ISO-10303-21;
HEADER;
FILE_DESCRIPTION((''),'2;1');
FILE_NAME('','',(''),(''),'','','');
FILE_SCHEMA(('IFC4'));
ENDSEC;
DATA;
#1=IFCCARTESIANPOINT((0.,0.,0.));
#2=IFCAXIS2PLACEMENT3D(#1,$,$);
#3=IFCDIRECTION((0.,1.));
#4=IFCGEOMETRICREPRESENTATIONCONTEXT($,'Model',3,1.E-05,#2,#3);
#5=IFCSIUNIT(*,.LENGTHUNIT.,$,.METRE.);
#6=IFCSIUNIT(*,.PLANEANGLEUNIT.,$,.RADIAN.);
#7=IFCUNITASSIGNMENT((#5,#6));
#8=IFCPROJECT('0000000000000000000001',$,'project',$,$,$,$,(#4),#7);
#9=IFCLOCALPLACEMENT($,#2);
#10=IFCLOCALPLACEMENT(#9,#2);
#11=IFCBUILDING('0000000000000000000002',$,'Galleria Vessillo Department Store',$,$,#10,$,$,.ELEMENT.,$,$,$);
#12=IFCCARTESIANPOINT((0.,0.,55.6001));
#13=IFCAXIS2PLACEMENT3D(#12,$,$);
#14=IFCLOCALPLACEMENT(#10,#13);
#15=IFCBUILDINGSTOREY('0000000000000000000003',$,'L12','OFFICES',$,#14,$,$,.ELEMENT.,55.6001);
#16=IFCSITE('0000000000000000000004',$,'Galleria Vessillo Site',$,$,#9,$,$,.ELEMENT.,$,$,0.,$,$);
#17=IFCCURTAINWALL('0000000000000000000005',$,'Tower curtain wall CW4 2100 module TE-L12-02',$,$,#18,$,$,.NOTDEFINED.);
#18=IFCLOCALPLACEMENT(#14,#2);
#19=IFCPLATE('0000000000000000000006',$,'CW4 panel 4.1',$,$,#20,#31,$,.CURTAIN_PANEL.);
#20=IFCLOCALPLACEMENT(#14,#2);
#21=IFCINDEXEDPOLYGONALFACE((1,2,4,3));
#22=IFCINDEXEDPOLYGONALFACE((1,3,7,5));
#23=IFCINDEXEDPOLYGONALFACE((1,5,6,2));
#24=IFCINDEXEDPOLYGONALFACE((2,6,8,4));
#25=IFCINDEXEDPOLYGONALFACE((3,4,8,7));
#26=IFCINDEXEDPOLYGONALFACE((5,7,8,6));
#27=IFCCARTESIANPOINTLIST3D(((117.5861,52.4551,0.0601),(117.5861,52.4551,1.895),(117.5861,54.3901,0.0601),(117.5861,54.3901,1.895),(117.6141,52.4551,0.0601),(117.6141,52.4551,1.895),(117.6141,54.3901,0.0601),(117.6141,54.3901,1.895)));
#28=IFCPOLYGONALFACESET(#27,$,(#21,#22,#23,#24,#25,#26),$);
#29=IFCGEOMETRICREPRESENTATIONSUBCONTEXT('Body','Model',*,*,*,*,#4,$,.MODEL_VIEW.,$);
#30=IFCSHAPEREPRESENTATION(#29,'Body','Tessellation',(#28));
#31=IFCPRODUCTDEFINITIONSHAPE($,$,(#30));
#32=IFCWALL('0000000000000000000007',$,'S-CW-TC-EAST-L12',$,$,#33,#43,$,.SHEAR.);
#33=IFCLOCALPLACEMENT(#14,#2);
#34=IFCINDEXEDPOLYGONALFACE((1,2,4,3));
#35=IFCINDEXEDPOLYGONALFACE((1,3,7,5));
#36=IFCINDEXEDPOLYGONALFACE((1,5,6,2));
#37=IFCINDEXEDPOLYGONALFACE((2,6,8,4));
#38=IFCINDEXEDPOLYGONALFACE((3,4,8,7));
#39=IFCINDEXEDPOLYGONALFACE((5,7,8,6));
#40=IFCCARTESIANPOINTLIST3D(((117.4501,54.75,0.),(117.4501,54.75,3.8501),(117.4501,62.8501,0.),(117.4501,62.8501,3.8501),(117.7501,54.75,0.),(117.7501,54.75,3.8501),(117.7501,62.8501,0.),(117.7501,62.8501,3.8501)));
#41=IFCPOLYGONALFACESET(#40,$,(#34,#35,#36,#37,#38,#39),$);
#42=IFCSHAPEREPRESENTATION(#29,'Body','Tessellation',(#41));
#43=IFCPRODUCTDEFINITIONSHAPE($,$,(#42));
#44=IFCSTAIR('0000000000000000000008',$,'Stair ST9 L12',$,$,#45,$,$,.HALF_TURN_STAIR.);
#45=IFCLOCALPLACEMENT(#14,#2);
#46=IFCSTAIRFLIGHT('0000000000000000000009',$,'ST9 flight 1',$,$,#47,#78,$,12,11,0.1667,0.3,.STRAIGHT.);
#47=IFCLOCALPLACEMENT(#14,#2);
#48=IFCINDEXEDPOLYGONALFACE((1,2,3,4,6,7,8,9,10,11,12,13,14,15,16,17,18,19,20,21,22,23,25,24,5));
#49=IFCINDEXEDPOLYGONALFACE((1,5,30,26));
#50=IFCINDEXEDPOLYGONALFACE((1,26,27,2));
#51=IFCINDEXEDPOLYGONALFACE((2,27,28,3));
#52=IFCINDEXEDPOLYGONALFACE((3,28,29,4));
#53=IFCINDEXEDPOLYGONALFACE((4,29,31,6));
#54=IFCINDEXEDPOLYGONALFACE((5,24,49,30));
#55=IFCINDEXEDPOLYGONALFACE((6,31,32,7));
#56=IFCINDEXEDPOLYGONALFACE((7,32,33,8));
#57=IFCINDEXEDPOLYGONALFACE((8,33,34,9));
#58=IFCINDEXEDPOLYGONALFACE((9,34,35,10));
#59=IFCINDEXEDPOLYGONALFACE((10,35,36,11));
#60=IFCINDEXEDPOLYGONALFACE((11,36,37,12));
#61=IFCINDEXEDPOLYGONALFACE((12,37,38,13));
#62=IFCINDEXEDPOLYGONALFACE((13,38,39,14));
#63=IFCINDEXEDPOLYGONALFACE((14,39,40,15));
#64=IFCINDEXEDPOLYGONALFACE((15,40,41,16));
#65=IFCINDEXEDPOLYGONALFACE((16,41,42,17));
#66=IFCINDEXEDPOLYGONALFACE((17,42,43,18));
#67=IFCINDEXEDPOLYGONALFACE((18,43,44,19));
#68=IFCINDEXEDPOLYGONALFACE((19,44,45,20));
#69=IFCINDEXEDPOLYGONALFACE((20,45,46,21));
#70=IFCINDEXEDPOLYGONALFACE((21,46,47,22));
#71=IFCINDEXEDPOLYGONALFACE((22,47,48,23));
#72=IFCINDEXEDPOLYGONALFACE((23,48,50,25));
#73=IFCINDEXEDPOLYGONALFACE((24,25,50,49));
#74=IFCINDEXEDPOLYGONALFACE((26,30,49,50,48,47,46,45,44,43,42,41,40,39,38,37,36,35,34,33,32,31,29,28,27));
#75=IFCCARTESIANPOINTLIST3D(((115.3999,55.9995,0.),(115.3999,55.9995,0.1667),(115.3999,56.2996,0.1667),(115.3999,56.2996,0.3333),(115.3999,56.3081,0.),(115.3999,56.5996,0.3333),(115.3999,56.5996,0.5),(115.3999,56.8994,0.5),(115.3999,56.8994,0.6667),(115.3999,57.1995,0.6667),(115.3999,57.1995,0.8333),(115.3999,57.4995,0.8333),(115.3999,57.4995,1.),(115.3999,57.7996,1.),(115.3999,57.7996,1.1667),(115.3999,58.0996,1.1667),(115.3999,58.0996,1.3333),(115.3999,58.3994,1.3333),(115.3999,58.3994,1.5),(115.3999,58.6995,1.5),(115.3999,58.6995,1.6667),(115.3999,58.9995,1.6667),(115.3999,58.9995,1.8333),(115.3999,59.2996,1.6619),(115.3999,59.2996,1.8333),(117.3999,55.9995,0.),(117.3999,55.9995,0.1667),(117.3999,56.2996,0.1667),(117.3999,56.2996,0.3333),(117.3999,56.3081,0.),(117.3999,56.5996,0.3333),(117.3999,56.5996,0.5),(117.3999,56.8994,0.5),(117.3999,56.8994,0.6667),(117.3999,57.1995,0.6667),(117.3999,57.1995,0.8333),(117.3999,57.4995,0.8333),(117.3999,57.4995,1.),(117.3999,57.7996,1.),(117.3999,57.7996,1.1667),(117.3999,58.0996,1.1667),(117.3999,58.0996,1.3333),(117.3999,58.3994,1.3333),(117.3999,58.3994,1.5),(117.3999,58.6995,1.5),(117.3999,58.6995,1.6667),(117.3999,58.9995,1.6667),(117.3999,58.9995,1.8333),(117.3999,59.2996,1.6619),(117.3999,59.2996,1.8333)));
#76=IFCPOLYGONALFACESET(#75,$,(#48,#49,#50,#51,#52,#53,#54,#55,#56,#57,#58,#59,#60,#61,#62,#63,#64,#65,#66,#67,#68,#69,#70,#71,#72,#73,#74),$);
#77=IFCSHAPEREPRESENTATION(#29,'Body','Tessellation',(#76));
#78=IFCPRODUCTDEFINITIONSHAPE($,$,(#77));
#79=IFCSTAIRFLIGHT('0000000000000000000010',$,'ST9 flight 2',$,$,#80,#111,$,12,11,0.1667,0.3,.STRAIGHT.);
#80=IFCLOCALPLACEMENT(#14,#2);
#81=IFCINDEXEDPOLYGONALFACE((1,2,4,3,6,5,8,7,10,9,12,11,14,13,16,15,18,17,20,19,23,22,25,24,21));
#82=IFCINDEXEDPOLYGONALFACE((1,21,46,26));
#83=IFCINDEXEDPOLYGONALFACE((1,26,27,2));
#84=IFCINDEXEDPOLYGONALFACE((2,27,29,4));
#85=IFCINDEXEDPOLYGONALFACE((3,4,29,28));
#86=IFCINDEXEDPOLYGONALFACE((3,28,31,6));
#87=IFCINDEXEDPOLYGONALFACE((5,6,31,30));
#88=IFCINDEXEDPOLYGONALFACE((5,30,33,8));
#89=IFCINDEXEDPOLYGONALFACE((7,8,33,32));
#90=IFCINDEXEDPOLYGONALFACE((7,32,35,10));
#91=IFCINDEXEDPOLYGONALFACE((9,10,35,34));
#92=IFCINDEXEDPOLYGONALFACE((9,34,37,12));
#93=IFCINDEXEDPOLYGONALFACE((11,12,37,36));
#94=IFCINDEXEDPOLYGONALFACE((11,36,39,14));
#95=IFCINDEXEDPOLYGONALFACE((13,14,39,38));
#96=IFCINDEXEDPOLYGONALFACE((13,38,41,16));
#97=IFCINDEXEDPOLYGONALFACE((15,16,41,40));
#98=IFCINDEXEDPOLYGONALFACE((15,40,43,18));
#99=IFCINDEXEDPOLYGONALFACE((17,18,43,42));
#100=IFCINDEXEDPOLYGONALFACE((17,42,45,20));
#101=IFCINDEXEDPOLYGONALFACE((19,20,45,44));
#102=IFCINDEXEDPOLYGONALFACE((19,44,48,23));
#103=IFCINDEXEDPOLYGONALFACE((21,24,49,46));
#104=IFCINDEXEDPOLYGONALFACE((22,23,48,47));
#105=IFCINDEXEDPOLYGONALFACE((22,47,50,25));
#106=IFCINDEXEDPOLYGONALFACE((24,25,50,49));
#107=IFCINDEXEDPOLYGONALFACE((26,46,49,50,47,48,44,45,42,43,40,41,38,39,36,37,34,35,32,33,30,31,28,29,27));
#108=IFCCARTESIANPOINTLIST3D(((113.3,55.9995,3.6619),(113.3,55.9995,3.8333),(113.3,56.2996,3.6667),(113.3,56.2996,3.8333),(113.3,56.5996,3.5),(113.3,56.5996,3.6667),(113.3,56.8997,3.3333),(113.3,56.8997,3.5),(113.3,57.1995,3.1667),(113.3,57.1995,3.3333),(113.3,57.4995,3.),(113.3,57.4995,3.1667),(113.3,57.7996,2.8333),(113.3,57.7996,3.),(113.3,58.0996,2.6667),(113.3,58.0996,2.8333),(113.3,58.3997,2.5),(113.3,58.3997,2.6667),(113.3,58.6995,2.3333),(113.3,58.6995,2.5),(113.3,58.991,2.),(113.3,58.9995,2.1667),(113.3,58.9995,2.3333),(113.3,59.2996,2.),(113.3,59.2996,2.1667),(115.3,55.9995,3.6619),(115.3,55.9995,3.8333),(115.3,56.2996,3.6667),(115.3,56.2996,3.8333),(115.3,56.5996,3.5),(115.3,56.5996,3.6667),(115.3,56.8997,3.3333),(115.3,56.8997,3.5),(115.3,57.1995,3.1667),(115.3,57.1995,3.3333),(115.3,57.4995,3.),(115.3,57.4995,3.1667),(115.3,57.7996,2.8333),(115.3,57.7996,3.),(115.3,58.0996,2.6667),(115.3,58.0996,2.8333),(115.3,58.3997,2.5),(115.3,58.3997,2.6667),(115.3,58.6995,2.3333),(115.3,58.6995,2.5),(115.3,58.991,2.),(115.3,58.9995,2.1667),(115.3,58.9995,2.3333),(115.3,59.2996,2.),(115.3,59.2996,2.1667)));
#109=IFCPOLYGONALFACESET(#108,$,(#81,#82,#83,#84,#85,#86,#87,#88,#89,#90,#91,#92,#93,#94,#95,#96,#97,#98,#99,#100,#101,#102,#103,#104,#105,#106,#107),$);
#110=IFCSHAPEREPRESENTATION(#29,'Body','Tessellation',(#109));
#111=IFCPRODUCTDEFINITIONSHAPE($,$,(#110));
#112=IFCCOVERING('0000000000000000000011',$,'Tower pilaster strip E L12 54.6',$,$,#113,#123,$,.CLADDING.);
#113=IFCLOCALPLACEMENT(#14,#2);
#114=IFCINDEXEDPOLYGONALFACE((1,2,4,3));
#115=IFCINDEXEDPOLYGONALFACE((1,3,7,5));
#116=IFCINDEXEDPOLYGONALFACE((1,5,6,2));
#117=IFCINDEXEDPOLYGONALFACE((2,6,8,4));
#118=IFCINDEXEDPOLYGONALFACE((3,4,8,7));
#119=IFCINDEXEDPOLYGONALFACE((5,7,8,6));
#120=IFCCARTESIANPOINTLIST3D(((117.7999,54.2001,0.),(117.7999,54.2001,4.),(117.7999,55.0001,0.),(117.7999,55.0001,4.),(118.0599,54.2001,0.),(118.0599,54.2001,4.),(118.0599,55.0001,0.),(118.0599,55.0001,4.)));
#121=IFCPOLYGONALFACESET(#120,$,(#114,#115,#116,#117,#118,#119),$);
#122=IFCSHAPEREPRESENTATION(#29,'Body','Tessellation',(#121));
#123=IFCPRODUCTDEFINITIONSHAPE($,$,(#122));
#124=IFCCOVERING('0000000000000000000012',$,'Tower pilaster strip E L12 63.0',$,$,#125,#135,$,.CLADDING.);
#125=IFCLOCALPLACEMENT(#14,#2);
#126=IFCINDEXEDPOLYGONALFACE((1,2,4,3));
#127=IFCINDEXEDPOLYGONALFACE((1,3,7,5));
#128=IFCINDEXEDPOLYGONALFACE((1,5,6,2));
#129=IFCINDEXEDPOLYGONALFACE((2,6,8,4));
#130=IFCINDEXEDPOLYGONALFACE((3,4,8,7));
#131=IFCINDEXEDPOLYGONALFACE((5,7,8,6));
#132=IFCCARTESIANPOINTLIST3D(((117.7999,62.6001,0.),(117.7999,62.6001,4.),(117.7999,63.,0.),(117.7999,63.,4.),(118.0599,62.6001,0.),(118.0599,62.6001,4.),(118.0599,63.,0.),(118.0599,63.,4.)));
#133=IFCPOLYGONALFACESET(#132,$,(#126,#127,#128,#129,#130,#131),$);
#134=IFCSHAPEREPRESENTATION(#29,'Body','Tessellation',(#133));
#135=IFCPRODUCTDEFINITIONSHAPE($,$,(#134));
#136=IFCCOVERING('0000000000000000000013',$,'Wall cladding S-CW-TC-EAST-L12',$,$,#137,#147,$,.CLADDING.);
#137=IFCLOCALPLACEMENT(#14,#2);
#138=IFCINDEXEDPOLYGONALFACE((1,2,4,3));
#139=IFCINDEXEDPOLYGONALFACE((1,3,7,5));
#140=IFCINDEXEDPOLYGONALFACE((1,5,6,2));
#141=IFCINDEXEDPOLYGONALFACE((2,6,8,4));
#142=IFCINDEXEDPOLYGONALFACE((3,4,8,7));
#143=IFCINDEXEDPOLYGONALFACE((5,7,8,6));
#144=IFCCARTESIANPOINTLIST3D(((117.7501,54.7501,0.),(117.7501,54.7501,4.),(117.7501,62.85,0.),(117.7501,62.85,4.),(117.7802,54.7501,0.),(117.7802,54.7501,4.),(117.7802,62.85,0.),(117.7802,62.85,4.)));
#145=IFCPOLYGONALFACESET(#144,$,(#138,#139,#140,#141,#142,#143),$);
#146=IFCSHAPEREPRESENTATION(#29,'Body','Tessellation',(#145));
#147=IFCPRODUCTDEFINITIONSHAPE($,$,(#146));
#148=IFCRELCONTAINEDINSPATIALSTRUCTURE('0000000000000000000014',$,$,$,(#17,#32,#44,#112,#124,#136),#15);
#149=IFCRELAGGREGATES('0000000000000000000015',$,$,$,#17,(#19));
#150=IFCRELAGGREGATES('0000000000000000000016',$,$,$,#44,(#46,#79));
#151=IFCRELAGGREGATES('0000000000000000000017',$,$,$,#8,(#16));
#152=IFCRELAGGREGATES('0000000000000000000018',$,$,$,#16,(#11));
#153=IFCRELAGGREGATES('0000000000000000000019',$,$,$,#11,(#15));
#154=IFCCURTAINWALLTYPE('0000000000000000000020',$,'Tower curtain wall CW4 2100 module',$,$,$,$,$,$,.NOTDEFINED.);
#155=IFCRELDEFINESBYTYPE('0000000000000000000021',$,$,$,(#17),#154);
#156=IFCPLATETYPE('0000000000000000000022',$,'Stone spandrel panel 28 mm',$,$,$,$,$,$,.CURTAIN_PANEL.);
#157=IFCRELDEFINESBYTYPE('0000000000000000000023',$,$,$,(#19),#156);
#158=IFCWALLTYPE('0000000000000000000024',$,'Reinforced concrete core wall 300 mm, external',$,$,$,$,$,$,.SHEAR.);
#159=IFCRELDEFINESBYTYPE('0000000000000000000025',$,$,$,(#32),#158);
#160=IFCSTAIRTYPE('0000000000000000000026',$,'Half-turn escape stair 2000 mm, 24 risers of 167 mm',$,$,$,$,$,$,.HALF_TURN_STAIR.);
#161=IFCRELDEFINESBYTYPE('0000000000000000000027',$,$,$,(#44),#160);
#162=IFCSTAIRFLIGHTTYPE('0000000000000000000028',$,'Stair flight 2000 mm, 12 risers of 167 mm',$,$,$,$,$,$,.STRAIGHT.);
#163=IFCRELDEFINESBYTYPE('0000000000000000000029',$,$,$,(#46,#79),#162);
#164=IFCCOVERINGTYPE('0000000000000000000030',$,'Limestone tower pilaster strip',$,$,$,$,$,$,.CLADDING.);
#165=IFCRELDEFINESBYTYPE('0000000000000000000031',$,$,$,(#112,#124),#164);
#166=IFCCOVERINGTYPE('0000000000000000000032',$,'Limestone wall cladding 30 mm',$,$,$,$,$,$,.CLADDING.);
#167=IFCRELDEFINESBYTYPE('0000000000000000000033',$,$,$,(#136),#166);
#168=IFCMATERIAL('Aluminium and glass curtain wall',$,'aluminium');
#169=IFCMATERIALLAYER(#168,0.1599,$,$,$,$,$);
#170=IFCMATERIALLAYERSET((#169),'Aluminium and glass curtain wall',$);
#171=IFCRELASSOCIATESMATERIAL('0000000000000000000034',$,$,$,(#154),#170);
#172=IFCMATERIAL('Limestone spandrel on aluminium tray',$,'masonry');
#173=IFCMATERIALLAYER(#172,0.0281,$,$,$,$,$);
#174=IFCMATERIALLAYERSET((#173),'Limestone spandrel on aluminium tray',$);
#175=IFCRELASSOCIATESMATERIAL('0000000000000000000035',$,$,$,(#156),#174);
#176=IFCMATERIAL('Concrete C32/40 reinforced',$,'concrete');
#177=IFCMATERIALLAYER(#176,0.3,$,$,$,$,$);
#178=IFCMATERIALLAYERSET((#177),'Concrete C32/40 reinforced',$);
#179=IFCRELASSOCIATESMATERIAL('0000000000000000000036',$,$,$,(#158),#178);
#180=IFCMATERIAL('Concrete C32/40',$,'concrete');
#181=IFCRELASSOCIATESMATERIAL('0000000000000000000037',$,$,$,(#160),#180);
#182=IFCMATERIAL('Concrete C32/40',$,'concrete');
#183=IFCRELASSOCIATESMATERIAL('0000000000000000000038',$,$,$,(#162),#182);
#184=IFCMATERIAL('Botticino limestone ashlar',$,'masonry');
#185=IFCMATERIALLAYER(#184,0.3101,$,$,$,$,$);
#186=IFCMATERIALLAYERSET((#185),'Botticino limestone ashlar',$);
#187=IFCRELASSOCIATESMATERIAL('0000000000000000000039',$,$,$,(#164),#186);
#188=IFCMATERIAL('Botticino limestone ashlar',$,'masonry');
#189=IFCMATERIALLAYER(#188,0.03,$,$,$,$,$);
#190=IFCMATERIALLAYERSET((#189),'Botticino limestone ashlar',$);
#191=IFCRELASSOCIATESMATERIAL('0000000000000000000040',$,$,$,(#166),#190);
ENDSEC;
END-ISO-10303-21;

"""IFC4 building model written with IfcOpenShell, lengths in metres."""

from ifc_helpers import new_model, si_unit, direction, frame, frame_2d, origin, origin_2d, place, context, subcontext, project, spatial, polyline, rectangle, outline, extrude, material, layer, layer_set, type_object, element, aggregate, save


model = new_model("IFC4")

# Units and contexts
model_context = context("Model", 3, precision=1e-05, world=origin(), true_north=direction((0.0, 1.0)))
body_context = subcontext(model_context, "Body", "Model", "MODEL_VIEW")
ifc_project = project(units=[si_unit("LENGTHUNIT", "METRE"), si_unit("PLANEANGLEUNIT", "RADIAN")], contexts=[model_context])

# Site, building, storey
site_placement = place(None, origin())
site = spatial("IfcSite", under=ifc_project, at=site_placement, Name="Galleria Vessillo Site", CompositionType="ELEMENT", RefElevation=0.0)
building_placement = place(site_placement, origin())
building = spatial("IfcBuilding", under=site, at=building_placement, Name="Galleria Vessillo Department Store", CompositionType="ELEMENT")
storey_placement = place(building_placement, frame((0.0, 0.0, 55.6001)))
storey = spatial("IfcBuildingStorey", under=building, at=storey_placement, Name="L12", Description="OFFICES", CompositionType="ELEMENT", Elevation=55.6001)

# Curtain wall, plate
ifc_material_1 = material(Name="Aluminium and glass curtain wall", Category="aluminium")
ifc_layer_1 = layer(ifc_material_1, 0.1599)
ifc_layer_set_1 = layer_set([ifc_layer_1], Name="Aluminium and glass curtain wall")
curtain_wall_type = type_object("IfcCurtainWallType", Name="Tower curtain wall CW4 2100 module", PredefinedType="NOTDEFINED", material=ifc_layer_set_1)
curtain_wall_placement = place(storey_placement, origin())
curtain_wall = element("IfcCurtainWall", 1, at=curtain_wall_placement, inside=storey, type_object=curtain_wall_type, Name="Tower curtain wall CW4 2100 module TE-L12-02", PredefinedType="NOTDEFINED")
ifc_material_2 = material(Name="Limestone spandrel on aluminium tray", Category="masonry")
ifc_layer_2 = layer(ifc_material_2, 0.0281)
ifc_layer_set_2 = layer_set([ifc_layer_2], Name="Limestone spandrel on aluminium tray")
plate_type_1 = type_object("IfcPlateType", Name="Stone spandrel panel 28 mm", PredefinedType="CURTAIN_PANEL", material=ifc_layer_set_2)
plate_1_placement = place(storey_placement, frame((117.6001, 53.4226, 0.0601), z_axis=(0.0, 0.0, 1.0), x_axis=(0.0, 1.0, 0.0)))
plate_1 = element("IfcPlate", 2, at=plate_1_placement, type_object=plate_type_1, Name="CW4 panel 4.1", PredefinedType="CURTAIN_PANEL", context=body_context, shape_type="SweptSolid", body=[
    extrude(rectangle(XDim=1.9351, YDim=0.0281, at=origin_2d()), origin(), (0.0, 0.0, 1.0), 1.835),
])
aggregate(curtain_wall, [plate_1])

# Wall
ifc_material_3 = material(Name="Concrete C32/40 reinforced", Category="concrete")
ifc_layer_3 = layer(ifc_material_3, 0.3)
ifc_layer_set_3 = layer_set([ifc_layer_3], Name="Concrete C32/40 reinforced")
wall_type = type_object("IfcWallType", Name="Reinforced concrete core wall 300 mm, external", PredefinedType="SHEAR", material=ifc_layer_set_3)
wall_placement = place(storey_placement, frame((117.6001, 54.75, 0.0), z_axis=(0.0, 0.0, 1.0), x_axis=(0.0, 1.0, 0.0)))
element("IfcWall", 3, at=wall_placement, inside=storey, type_object=wall_type, Name="S-CW-TC-EAST-L12", PredefinedType="SHEAR", context=body_context, shape_type="SweptSolid", body=[
    extrude(rectangle(XDim=8.1001, YDim=0.3, at=frame_2d((4.05, 0.0))), origin(), (0.0, 0.0, 1.0), 3.8501),
])

# Stair, stair flights
ifc_material_4 = material(Name="Concrete C32/40", Category="concrete")
stair_type = type_object("IfcStairType", Name="Half-turn escape stair 2000 mm, 24 risers of 167 mm", PredefinedType="HALF_TURN_STAIR", material=ifc_material_4)
stair_placement = place(storey_placement, origin())
stair = element("IfcStair", 4, at=stair_placement, inside=storey, type_object=stair_type, Name="Stair ST9 L12", PredefinedType="HALF_TURN_STAIR")
ifc_material_5 = material(Name="Concrete C32/40", Category="concrete")
stair_flight_type = type_object("IfcStairFlightType", Name="Stair flight 2000 mm, 12 risers of 167 mm", PredefinedType="STRAIGHT", material=ifc_material_5)
stair_flight_1_placement = place(storey_placement, frame((116.3999, 55.9995, 0.0), z_axis=(0.0, 0.0, 1.0), x_axis=(0.0, 1.0, 0.0)))
stair_flight_1 = element("IfcStairFlight", 5, at=stair_flight_1_placement, type_object=stair_flight_type, Name="ST9 flight 1", NumberOfRisers=12, NumberOfTreads=11, PredefinedType="STRAIGHT", RiserHeight=0.1667, TreadLength=0.3, context=body_context, shape_type="SweptSolid", body=[
    extrude(outline(polyline([(0.0, 0.0), (0.0, 0.1667), (0.3, 0.1667), (0.3, 0.3333), (0.6001, 0.3333), (0.6001, 0.5), (0.8999, 0.5), (0.8999, 0.6667), (1.2, 0.6667), (1.2, 0.8333), (1.5, 0.8333), (1.5, 1.0), (1.8, 1.0), (1.8, 1.1667), (2.1001, 1.1667), (2.1001, 1.3333), (2.3999, 1.3333), (2.3999, 1.5), (2.7, 1.5), (2.7, 1.6667), (3.0, 1.6667), (3.0, 1.8333), (3.3, 1.8333), (3.3, 2.0), (3.3, 1.6619), (0.3086, 0.0), (0.0, 0.0)])), frame((0.0, 1.0, 0.0), z_axis=(0.0, -1.0, 0.0), x_axis=(1.0, 0.0, 0.0)), (0.0, 0.0, 1.0), 2.0),
])
stair_flight_2_placement = place(storey_placement, frame((114.3, 59.2996, 2.0), z_axis=(0.0, 0.0, 1.0), x_axis=(0.0, -1.0, 0.0)))
stair_flight_2 = element("IfcStairFlight", 6, at=stair_flight_2_placement, type_object=stair_flight_type, Name="ST9 flight 2", NumberOfRisers=12, NumberOfTreads=11, PredefinedType="STRAIGHT", RiserHeight=0.1667, TreadLength=0.3, context=body_context, shape_type="SweptSolid", body=[
    extrude(outline(polyline([(0.0, 0.0), (0.0, 0.1667), (0.3, 0.1667), (0.3, 0.3333), (0.6001, 0.3333), (0.6001, 0.5), (0.8999, 0.5), (0.8999, 0.6667), (1.2, 0.6667), (1.2, 0.8333), (1.5, 0.8333), (1.5, 1.0), (1.8, 1.0), (1.8, 1.1667), (2.1001, 1.1667), (2.1001, 1.3333), (2.3999, 1.3333), (2.3999, 1.5), (2.7, 1.5), (2.7, 1.6667), (3.0, 1.6667), (3.0, 1.8333), (3.3, 1.8333), (3.3, 2.0), (3.3, 1.6619), (0.3086, 0.0), (0.0, 0.0)])), frame((0.0, 1.0, 0.0), z_axis=(0.0, -1.0, 0.0), x_axis=(1.0, 0.0, 0.0)), (0.0, 0.0, 1.0), 2.0),
])
aggregate(stair, [stair_flight_1, stair_flight_2])

# Coverings
ifc_material_6 = material(Name="Botticino limestone ashlar", Category="masonry")
ifc_layer_4 = layer(ifc_material_6, 0.3101)
ifc_layer_set_4 = layer_set([ifc_layer_4], Name="Botticino limestone ashlar")
covering_type_1 = type_object("IfcCoveringType", Name="Limestone tower pilaster strip", PredefinedType="CLADDING", material=ifc_layer_set_4)
covering_1_placement = place(storey_placement, frame((117.9299, 54.6001, 0.0), z_axis=(0.0, 0.0, 1.0), x_axis=(1.0, 0.0, 0.0)))
element("IfcCovering", 7, at=covering_1_placement, inside=storey, type_object=covering_type_1, Name="Tower pilaster strip E L12 54.6", PredefinedType="CLADDING", context=body_context, shape_type="SweptSolid", body=[
    extrude(rectangle(XDim=0.26, YDim=0.8, at=origin_2d()), origin(), (0.0, 0.0, 1.0), 4.0),
])
covering_2_placement = place(storey_placement, frame((117.9299, 62.8, 0.0), z_axis=(0.0, 0.0, 1.0), x_axis=(1.0, 0.0, 0.0)))
element("IfcCovering", 8, at=covering_2_placement, inside=storey, type_object=covering_type_1, Name="Tower pilaster strip E L12 63.0", PredefinedType="CLADDING", context=body_context, shape_type="SweptSolid", body=[
    extrude(rectangle(XDim=0.26, YDim=0.3999, at=origin_2d()), origin(), (0.0, 0.0, 1.0), 4.0),
])
ifc_material_7 = material(Name="Botticino limestone ashlar", Category="masonry")
ifc_layer_5 = layer(ifc_material_7, 0.03)
ifc_layer_set_5 = layer_set([ifc_layer_5], Name="Botticino limestone ashlar")
covering_type_2 = type_object("IfcCoveringType", Name="Limestone wall cladding 30 mm", PredefinedType="CLADDING", material=ifc_layer_set_5)
covering_3_placement = place(storey_placement, frame((117.7651, 58.8, 0.0), z_axis=(0.0, 0.0, 1.0), x_axis=(1.0, 0.0, 0.0)))
element("IfcCovering", 9, at=covering_3_placement, inside=storey, type_object=covering_type_2, Name="Wall cladding S-CW-TC-EAST-L12", PredefinedType="CLADDING", context=body_context, shape_type="SweptSolid", body=[
    extrude(rectangle(XDim=0.03, YDim=8.0999, at=origin_2d()), origin(), (0.0, 0.0, 1.0), 4.0),
])

save(model, "model.ifc")
